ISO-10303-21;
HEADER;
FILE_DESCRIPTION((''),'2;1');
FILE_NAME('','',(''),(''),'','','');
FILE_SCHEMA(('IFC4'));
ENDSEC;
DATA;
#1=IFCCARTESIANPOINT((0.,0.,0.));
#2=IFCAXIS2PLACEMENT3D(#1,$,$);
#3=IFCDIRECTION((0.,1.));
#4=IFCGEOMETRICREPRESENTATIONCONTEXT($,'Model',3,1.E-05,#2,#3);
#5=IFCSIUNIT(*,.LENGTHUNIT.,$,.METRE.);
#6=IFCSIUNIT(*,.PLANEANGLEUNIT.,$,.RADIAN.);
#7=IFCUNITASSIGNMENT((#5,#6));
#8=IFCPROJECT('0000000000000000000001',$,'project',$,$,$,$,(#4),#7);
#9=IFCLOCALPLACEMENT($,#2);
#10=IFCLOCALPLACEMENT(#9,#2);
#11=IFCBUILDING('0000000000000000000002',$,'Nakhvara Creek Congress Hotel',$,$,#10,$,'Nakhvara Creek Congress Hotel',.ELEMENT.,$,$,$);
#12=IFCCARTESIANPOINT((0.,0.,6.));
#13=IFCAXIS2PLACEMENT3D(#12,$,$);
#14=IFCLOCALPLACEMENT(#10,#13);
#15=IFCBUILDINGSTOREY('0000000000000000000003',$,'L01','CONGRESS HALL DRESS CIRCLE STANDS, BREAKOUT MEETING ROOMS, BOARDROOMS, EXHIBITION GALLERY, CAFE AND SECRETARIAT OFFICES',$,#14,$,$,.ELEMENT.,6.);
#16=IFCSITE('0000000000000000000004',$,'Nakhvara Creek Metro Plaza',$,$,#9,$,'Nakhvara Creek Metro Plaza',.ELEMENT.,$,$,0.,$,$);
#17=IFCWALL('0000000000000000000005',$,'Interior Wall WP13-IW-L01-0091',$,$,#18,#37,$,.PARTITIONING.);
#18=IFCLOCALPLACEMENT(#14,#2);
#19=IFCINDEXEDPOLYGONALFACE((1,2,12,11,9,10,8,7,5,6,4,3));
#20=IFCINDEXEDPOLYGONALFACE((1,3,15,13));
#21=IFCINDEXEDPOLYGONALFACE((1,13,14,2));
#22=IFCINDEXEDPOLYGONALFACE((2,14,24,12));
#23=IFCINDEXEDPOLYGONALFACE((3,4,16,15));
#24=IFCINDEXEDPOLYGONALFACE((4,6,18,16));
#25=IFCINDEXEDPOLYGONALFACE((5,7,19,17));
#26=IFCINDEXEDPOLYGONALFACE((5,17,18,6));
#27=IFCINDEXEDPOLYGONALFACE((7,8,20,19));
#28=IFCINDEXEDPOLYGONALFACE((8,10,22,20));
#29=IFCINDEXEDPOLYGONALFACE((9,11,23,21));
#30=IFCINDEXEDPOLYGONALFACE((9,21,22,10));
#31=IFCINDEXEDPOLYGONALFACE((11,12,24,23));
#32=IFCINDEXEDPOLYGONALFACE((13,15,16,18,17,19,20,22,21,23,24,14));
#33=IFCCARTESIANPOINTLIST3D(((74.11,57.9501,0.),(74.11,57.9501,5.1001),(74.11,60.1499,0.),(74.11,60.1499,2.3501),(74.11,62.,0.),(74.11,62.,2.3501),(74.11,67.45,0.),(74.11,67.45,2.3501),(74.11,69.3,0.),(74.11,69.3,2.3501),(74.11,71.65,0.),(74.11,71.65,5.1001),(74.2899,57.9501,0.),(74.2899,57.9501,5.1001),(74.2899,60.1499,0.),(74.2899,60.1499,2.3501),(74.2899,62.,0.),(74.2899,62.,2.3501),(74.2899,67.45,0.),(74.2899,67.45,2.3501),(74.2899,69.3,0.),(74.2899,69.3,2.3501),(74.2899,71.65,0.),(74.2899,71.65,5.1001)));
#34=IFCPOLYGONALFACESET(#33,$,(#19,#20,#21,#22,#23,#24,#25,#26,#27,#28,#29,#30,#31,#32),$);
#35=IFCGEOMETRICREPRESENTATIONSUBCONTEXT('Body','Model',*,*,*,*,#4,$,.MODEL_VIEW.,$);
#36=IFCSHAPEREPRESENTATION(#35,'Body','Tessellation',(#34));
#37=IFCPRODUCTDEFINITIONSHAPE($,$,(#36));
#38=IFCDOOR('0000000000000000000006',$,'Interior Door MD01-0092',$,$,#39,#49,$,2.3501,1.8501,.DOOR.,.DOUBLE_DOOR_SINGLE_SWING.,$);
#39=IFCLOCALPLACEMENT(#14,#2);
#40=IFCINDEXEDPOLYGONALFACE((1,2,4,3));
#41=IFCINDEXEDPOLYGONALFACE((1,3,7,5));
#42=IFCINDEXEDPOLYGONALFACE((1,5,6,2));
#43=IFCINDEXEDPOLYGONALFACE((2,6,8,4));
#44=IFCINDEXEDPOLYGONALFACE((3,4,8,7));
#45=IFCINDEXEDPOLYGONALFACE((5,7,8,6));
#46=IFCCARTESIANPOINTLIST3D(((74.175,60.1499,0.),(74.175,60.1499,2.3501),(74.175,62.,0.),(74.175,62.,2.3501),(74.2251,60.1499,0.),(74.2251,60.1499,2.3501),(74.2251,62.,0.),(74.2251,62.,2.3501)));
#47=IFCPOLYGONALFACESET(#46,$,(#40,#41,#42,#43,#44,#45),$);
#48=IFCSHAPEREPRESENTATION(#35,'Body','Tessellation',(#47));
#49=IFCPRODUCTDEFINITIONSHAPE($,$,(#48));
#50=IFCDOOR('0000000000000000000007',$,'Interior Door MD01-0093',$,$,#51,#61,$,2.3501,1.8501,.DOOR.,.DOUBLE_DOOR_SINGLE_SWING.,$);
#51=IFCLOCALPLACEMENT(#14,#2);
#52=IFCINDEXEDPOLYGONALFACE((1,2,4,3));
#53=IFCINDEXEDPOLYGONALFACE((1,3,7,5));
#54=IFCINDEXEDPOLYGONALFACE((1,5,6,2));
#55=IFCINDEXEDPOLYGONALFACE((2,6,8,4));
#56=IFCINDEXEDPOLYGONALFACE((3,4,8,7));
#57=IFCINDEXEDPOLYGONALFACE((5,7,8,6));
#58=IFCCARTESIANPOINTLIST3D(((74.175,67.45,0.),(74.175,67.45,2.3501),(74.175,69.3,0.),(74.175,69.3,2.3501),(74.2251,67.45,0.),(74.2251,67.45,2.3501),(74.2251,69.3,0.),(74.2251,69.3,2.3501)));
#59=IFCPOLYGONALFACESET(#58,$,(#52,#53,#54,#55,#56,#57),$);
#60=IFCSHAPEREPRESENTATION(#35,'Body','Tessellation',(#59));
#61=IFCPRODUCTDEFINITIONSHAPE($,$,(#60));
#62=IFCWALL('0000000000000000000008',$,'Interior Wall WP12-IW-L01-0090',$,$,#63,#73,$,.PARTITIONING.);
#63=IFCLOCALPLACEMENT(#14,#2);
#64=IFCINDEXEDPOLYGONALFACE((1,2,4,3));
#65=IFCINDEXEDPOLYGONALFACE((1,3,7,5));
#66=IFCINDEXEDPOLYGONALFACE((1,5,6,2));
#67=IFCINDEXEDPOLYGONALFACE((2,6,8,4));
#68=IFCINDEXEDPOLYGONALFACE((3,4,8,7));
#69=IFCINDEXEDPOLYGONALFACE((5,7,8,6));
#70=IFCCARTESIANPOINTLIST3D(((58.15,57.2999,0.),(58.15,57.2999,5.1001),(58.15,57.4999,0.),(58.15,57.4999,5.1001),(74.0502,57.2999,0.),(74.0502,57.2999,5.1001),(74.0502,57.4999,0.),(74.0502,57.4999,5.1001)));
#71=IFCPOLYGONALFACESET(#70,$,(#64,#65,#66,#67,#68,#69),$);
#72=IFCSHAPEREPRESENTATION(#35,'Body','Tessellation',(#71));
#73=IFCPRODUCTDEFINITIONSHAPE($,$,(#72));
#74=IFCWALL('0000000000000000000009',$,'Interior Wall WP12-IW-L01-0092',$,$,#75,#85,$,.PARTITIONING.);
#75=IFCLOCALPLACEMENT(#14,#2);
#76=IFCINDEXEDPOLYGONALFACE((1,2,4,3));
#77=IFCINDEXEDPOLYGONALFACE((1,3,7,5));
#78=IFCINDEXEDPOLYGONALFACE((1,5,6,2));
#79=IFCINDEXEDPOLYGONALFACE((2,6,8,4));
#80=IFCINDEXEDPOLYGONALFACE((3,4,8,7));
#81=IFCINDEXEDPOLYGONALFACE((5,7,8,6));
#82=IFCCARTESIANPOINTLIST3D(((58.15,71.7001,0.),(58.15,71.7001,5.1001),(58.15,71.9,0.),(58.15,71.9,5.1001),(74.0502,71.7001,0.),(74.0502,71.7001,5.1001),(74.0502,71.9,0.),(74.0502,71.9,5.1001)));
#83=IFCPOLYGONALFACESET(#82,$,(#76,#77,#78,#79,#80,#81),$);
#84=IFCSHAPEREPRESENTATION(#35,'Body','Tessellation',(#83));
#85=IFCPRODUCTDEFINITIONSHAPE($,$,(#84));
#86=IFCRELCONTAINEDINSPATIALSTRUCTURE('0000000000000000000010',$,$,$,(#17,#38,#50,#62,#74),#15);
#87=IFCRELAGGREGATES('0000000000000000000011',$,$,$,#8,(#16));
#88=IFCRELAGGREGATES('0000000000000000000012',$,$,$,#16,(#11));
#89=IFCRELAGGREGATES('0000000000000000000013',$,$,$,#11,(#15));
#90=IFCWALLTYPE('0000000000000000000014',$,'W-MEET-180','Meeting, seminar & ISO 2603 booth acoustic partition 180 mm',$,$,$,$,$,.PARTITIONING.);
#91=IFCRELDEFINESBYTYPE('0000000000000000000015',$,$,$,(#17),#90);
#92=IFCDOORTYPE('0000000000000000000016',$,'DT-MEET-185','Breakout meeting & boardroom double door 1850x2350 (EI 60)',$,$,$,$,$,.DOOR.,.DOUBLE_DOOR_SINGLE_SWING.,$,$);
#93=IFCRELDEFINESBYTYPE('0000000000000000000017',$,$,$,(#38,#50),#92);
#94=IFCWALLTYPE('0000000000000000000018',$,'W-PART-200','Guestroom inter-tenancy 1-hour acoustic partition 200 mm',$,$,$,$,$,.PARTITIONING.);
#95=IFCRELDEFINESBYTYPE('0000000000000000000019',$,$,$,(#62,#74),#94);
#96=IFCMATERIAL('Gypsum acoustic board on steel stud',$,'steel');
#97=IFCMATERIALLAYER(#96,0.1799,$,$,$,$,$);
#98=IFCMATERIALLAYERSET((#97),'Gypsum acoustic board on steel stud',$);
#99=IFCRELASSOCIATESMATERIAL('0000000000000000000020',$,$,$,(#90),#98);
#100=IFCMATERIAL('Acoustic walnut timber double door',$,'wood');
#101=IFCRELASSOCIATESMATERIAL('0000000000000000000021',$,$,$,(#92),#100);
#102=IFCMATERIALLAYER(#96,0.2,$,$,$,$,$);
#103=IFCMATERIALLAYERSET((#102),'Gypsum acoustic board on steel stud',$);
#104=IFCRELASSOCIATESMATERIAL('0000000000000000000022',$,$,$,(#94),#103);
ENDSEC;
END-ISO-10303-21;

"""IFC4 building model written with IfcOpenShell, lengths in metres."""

from ifc_helpers import new_model, si_unit, direction, frame, frame_2d, origin, place, context, subcontext, project, spatial, rectangle, extrude, material, layer, layer_set, type_object, element, fill, save


model = new_model("IFC4")

# Units and contexts
model_context = context("Model", 3, precision=1e-05, world=origin(), true_north=direction((0.0, 1.0)))
body_context = subcontext(model_context, "Body", "Model", "MODEL_VIEW")
ifc_project = project(units=[si_unit("LENGTHUNIT", "METRE"), si_unit("PLANEANGLEUNIT", "RADIAN")], contexts=[model_context])

# Site, building, storey
site_placement = place(None, origin())
site = spatial("IfcSite", under=ifc_project, at=site_placement, Name="Nakhvara Creek Metro Plaza", LongName="Nakhvara Creek Metro Plaza", CompositionType="ELEMENT", RefElevation=0.0)
building_placement = place(site_placement, origin())
building = spatial("IfcBuilding", under=site, at=building_placement, Name="Nakhvara Creek Congress Hotel", LongName="Nakhvara Creek Congress Hotel", CompositionType="ELEMENT")
storey_placement = place(building_placement, frame((0.0, 0.0, 6.0)))
storey = spatial("IfcBuildingStorey", under=building, at=storey_placement, Name="L01", Description="CONGRESS HALL DRESS CIRCLE STANDS, BREAKOUT MEETING ROOMS, BOARDROOMS, EXHIBITION GALLERY, CAFE AND SECRETARIAT OFFICES", CompositionType="ELEMENT", Elevation=6.0)

# Wall, openings, doors
ifc_material_1 = material(Name="Gypsum acoustic board on steel stud", Category="steel")
ifc_layer_1 = layer(ifc_material_1, 0.1799)
ifc_layer_set_1 = layer_set([ifc_layer_1], Name="Gypsum acoustic board on steel stud")
wall_type_1 = type_object("IfcWallType", Name="W-MEET-180", Description="Meeting, seminar & ISO 2603 booth acoustic partition 180 mm", PredefinedType="PARTITIONING", material=ifc_layer_set_1)
wall_placement = place(storey_placement, frame((74.2, 57.95, 0.0), z_axis=(0.0, 0.0, 1.0), x_axis=(0.0, 1.0, 0.0)))
wall = element("IfcWall", 1, at=wall_placement, inside=storey, type_object=wall_type_1, Name="Interior Wall WP13-IW-L01-0091", PredefinedType="PARTITIONING", context=body_context, shape_type="SweptSolid", body=[
    extrude(rectangle(XDim=13.7, YDim=0.1799, at=frame_2d((6.8501, 0.0))), origin(), (0.0, 0.0, 1.0), 5.1001),
])
opening_1_placement = place(wall_placement, frame((2.2, 0.0, 0.0)))
opening_1 = element("IfcOpeningElement", 2, at=opening_1_placement, cuts=wall, PredefinedType="OPENING", context=body_context, shape_type="SweptSolid", body=[
    extrude(rectangle(XDim=1.8501, YDim=2.3501, at=frame_2d((0.925, 1.175))), frame((0.0, 0.1021, 0.0), z_axis=(0.0, -1.0, 0.0), x_axis=(1.0, 0.0, 0.0)), (0.0, 0.0, 1.0), 0.2039),
])
opening_2_placement = place(wall_placement, frame((9.5, 0.0, 0.0)))
opening_2 = element("IfcOpeningElement", 3, at=opening_2_placement, cuts=wall, PredefinedType="OPENING", context=body_context, shape_type="SweptSolid", body=[
    extrude(rectangle(XDim=1.8501, YDim=2.3501, at=frame_2d((0.925, 1.175))), frame((0.0, 0.1021, 0.0), z_axis=(0.0, -1.0, 0.0), x_axis=(1.0, 0.0, 0.0)), (0.0, 0.0, 1.0), 0.2039),
])
ifc_material_2 = material(Name="Acoustic walnut timber double door", Category="wood")
door_type = type_object("IfcDoorType", Name="DT-MEET-185", Description="Breakout meeting & boardroom double door 1850x2350 (EI 60)", OperationType="DOUBLE_DOOR_SINGLE_SWING", PredefinedType="DOOR", material=ifc_material_2)
door_1_placement = place(opening_1_placement, origin())
door_1 = element("IfcDoor", 4, at=door_1_placement, inside=storey, type_object=door_type, Name="Interior Door MD01-0092", OperationType="DOUBLE_DOOR_SINGLE_SWING", OverallHeight=2.3501, OverallWidth=1.8501, PredefinedType="DOOR", context=body_context, shape_type="SweptSolid", body=[
    extrude(rectangle(XDim=1.8501, YDim=2.3501, at=frame_2d((0.925, 1.175))), frame((0.0, 0.0249, 0.0), z_axis=(0.0, -1.0, 0.0), x_axis=(1.0, 0.0, 0.0)), (0.0, 0.0, 1.0), 0.05),
])
fill(opening_1, door_1)
door_2_placement = place(opening_2_placement, origin())
door_2 = element("IfcDoor", 5, at=door_2_placement, inside=storey, type_object=door_type, Name="Interior Door MD01-0093", OperationType="DOUBLE_DOOR_SINGLE_SWING", OverallHeight=2.3501, OverallWidth=1.8501, PredefinedType="DOOR", context=body_context, shape_type="SweptSolid", body=[
    extrude(rectangle(XDim=1.8501, YDim=2.3501, at=frame_2d((0.925, 1.175))), frame((0.0, 0.0249, 0.0), z_axis=(0.0, -1.0, 0.0), x_axis=(1.0, 0.0, 0.0)), (0.0, 0.0, 1.0), 0.05),
])
fill(opening_2, door_2)

# Walls
ifc_layer_2 = layer(ifc_material_1, 0.2)
ifc_layer_set_2 = layer_set([ifc_layer_2], Name="Gypsum acoustic board on steel stud")
wall_type_2 = type_object("IfcWallType", Name="W-PART-200", Description="Guestroom inter-tenancy 1-hour acoustic partition 200 mm", PredefinedType="PARTITIONING", material=ifc_layer_set_2)
for number, where, z_axis, x_axis, name in (
    (6, (58.1499, 57.3999, 0.0), (0.0, 0.0, 1.0), (1.0, 0.0, 0.0), "Interior Wall WP12-IW-L01-0090"),
    (7, (58.1499, 71.8, 0.0), (0.0, 0.0, 1.0), (1.0, 0.0, 0.0), "Interior Wall WP12-IW-L01-0092"),
):
    element("IfcWall", number, at=place(storey_placement, frame(where, z_axis=z_axis, x_axis=x_axis)), inside=storey, type_object=wall_type_2, Name=name, PredefinedType="PARTITIONING", context=body_context, shape_type="SweptSolid", body=[
        extrude(rectangle(XDim=15.9001, YDim=0.2, at=frame_2d((7.9502, 0.0))), origin(), (0.0, 0.0, 1.0), 5.1001),
    ])

save(model, "model.ifc")
